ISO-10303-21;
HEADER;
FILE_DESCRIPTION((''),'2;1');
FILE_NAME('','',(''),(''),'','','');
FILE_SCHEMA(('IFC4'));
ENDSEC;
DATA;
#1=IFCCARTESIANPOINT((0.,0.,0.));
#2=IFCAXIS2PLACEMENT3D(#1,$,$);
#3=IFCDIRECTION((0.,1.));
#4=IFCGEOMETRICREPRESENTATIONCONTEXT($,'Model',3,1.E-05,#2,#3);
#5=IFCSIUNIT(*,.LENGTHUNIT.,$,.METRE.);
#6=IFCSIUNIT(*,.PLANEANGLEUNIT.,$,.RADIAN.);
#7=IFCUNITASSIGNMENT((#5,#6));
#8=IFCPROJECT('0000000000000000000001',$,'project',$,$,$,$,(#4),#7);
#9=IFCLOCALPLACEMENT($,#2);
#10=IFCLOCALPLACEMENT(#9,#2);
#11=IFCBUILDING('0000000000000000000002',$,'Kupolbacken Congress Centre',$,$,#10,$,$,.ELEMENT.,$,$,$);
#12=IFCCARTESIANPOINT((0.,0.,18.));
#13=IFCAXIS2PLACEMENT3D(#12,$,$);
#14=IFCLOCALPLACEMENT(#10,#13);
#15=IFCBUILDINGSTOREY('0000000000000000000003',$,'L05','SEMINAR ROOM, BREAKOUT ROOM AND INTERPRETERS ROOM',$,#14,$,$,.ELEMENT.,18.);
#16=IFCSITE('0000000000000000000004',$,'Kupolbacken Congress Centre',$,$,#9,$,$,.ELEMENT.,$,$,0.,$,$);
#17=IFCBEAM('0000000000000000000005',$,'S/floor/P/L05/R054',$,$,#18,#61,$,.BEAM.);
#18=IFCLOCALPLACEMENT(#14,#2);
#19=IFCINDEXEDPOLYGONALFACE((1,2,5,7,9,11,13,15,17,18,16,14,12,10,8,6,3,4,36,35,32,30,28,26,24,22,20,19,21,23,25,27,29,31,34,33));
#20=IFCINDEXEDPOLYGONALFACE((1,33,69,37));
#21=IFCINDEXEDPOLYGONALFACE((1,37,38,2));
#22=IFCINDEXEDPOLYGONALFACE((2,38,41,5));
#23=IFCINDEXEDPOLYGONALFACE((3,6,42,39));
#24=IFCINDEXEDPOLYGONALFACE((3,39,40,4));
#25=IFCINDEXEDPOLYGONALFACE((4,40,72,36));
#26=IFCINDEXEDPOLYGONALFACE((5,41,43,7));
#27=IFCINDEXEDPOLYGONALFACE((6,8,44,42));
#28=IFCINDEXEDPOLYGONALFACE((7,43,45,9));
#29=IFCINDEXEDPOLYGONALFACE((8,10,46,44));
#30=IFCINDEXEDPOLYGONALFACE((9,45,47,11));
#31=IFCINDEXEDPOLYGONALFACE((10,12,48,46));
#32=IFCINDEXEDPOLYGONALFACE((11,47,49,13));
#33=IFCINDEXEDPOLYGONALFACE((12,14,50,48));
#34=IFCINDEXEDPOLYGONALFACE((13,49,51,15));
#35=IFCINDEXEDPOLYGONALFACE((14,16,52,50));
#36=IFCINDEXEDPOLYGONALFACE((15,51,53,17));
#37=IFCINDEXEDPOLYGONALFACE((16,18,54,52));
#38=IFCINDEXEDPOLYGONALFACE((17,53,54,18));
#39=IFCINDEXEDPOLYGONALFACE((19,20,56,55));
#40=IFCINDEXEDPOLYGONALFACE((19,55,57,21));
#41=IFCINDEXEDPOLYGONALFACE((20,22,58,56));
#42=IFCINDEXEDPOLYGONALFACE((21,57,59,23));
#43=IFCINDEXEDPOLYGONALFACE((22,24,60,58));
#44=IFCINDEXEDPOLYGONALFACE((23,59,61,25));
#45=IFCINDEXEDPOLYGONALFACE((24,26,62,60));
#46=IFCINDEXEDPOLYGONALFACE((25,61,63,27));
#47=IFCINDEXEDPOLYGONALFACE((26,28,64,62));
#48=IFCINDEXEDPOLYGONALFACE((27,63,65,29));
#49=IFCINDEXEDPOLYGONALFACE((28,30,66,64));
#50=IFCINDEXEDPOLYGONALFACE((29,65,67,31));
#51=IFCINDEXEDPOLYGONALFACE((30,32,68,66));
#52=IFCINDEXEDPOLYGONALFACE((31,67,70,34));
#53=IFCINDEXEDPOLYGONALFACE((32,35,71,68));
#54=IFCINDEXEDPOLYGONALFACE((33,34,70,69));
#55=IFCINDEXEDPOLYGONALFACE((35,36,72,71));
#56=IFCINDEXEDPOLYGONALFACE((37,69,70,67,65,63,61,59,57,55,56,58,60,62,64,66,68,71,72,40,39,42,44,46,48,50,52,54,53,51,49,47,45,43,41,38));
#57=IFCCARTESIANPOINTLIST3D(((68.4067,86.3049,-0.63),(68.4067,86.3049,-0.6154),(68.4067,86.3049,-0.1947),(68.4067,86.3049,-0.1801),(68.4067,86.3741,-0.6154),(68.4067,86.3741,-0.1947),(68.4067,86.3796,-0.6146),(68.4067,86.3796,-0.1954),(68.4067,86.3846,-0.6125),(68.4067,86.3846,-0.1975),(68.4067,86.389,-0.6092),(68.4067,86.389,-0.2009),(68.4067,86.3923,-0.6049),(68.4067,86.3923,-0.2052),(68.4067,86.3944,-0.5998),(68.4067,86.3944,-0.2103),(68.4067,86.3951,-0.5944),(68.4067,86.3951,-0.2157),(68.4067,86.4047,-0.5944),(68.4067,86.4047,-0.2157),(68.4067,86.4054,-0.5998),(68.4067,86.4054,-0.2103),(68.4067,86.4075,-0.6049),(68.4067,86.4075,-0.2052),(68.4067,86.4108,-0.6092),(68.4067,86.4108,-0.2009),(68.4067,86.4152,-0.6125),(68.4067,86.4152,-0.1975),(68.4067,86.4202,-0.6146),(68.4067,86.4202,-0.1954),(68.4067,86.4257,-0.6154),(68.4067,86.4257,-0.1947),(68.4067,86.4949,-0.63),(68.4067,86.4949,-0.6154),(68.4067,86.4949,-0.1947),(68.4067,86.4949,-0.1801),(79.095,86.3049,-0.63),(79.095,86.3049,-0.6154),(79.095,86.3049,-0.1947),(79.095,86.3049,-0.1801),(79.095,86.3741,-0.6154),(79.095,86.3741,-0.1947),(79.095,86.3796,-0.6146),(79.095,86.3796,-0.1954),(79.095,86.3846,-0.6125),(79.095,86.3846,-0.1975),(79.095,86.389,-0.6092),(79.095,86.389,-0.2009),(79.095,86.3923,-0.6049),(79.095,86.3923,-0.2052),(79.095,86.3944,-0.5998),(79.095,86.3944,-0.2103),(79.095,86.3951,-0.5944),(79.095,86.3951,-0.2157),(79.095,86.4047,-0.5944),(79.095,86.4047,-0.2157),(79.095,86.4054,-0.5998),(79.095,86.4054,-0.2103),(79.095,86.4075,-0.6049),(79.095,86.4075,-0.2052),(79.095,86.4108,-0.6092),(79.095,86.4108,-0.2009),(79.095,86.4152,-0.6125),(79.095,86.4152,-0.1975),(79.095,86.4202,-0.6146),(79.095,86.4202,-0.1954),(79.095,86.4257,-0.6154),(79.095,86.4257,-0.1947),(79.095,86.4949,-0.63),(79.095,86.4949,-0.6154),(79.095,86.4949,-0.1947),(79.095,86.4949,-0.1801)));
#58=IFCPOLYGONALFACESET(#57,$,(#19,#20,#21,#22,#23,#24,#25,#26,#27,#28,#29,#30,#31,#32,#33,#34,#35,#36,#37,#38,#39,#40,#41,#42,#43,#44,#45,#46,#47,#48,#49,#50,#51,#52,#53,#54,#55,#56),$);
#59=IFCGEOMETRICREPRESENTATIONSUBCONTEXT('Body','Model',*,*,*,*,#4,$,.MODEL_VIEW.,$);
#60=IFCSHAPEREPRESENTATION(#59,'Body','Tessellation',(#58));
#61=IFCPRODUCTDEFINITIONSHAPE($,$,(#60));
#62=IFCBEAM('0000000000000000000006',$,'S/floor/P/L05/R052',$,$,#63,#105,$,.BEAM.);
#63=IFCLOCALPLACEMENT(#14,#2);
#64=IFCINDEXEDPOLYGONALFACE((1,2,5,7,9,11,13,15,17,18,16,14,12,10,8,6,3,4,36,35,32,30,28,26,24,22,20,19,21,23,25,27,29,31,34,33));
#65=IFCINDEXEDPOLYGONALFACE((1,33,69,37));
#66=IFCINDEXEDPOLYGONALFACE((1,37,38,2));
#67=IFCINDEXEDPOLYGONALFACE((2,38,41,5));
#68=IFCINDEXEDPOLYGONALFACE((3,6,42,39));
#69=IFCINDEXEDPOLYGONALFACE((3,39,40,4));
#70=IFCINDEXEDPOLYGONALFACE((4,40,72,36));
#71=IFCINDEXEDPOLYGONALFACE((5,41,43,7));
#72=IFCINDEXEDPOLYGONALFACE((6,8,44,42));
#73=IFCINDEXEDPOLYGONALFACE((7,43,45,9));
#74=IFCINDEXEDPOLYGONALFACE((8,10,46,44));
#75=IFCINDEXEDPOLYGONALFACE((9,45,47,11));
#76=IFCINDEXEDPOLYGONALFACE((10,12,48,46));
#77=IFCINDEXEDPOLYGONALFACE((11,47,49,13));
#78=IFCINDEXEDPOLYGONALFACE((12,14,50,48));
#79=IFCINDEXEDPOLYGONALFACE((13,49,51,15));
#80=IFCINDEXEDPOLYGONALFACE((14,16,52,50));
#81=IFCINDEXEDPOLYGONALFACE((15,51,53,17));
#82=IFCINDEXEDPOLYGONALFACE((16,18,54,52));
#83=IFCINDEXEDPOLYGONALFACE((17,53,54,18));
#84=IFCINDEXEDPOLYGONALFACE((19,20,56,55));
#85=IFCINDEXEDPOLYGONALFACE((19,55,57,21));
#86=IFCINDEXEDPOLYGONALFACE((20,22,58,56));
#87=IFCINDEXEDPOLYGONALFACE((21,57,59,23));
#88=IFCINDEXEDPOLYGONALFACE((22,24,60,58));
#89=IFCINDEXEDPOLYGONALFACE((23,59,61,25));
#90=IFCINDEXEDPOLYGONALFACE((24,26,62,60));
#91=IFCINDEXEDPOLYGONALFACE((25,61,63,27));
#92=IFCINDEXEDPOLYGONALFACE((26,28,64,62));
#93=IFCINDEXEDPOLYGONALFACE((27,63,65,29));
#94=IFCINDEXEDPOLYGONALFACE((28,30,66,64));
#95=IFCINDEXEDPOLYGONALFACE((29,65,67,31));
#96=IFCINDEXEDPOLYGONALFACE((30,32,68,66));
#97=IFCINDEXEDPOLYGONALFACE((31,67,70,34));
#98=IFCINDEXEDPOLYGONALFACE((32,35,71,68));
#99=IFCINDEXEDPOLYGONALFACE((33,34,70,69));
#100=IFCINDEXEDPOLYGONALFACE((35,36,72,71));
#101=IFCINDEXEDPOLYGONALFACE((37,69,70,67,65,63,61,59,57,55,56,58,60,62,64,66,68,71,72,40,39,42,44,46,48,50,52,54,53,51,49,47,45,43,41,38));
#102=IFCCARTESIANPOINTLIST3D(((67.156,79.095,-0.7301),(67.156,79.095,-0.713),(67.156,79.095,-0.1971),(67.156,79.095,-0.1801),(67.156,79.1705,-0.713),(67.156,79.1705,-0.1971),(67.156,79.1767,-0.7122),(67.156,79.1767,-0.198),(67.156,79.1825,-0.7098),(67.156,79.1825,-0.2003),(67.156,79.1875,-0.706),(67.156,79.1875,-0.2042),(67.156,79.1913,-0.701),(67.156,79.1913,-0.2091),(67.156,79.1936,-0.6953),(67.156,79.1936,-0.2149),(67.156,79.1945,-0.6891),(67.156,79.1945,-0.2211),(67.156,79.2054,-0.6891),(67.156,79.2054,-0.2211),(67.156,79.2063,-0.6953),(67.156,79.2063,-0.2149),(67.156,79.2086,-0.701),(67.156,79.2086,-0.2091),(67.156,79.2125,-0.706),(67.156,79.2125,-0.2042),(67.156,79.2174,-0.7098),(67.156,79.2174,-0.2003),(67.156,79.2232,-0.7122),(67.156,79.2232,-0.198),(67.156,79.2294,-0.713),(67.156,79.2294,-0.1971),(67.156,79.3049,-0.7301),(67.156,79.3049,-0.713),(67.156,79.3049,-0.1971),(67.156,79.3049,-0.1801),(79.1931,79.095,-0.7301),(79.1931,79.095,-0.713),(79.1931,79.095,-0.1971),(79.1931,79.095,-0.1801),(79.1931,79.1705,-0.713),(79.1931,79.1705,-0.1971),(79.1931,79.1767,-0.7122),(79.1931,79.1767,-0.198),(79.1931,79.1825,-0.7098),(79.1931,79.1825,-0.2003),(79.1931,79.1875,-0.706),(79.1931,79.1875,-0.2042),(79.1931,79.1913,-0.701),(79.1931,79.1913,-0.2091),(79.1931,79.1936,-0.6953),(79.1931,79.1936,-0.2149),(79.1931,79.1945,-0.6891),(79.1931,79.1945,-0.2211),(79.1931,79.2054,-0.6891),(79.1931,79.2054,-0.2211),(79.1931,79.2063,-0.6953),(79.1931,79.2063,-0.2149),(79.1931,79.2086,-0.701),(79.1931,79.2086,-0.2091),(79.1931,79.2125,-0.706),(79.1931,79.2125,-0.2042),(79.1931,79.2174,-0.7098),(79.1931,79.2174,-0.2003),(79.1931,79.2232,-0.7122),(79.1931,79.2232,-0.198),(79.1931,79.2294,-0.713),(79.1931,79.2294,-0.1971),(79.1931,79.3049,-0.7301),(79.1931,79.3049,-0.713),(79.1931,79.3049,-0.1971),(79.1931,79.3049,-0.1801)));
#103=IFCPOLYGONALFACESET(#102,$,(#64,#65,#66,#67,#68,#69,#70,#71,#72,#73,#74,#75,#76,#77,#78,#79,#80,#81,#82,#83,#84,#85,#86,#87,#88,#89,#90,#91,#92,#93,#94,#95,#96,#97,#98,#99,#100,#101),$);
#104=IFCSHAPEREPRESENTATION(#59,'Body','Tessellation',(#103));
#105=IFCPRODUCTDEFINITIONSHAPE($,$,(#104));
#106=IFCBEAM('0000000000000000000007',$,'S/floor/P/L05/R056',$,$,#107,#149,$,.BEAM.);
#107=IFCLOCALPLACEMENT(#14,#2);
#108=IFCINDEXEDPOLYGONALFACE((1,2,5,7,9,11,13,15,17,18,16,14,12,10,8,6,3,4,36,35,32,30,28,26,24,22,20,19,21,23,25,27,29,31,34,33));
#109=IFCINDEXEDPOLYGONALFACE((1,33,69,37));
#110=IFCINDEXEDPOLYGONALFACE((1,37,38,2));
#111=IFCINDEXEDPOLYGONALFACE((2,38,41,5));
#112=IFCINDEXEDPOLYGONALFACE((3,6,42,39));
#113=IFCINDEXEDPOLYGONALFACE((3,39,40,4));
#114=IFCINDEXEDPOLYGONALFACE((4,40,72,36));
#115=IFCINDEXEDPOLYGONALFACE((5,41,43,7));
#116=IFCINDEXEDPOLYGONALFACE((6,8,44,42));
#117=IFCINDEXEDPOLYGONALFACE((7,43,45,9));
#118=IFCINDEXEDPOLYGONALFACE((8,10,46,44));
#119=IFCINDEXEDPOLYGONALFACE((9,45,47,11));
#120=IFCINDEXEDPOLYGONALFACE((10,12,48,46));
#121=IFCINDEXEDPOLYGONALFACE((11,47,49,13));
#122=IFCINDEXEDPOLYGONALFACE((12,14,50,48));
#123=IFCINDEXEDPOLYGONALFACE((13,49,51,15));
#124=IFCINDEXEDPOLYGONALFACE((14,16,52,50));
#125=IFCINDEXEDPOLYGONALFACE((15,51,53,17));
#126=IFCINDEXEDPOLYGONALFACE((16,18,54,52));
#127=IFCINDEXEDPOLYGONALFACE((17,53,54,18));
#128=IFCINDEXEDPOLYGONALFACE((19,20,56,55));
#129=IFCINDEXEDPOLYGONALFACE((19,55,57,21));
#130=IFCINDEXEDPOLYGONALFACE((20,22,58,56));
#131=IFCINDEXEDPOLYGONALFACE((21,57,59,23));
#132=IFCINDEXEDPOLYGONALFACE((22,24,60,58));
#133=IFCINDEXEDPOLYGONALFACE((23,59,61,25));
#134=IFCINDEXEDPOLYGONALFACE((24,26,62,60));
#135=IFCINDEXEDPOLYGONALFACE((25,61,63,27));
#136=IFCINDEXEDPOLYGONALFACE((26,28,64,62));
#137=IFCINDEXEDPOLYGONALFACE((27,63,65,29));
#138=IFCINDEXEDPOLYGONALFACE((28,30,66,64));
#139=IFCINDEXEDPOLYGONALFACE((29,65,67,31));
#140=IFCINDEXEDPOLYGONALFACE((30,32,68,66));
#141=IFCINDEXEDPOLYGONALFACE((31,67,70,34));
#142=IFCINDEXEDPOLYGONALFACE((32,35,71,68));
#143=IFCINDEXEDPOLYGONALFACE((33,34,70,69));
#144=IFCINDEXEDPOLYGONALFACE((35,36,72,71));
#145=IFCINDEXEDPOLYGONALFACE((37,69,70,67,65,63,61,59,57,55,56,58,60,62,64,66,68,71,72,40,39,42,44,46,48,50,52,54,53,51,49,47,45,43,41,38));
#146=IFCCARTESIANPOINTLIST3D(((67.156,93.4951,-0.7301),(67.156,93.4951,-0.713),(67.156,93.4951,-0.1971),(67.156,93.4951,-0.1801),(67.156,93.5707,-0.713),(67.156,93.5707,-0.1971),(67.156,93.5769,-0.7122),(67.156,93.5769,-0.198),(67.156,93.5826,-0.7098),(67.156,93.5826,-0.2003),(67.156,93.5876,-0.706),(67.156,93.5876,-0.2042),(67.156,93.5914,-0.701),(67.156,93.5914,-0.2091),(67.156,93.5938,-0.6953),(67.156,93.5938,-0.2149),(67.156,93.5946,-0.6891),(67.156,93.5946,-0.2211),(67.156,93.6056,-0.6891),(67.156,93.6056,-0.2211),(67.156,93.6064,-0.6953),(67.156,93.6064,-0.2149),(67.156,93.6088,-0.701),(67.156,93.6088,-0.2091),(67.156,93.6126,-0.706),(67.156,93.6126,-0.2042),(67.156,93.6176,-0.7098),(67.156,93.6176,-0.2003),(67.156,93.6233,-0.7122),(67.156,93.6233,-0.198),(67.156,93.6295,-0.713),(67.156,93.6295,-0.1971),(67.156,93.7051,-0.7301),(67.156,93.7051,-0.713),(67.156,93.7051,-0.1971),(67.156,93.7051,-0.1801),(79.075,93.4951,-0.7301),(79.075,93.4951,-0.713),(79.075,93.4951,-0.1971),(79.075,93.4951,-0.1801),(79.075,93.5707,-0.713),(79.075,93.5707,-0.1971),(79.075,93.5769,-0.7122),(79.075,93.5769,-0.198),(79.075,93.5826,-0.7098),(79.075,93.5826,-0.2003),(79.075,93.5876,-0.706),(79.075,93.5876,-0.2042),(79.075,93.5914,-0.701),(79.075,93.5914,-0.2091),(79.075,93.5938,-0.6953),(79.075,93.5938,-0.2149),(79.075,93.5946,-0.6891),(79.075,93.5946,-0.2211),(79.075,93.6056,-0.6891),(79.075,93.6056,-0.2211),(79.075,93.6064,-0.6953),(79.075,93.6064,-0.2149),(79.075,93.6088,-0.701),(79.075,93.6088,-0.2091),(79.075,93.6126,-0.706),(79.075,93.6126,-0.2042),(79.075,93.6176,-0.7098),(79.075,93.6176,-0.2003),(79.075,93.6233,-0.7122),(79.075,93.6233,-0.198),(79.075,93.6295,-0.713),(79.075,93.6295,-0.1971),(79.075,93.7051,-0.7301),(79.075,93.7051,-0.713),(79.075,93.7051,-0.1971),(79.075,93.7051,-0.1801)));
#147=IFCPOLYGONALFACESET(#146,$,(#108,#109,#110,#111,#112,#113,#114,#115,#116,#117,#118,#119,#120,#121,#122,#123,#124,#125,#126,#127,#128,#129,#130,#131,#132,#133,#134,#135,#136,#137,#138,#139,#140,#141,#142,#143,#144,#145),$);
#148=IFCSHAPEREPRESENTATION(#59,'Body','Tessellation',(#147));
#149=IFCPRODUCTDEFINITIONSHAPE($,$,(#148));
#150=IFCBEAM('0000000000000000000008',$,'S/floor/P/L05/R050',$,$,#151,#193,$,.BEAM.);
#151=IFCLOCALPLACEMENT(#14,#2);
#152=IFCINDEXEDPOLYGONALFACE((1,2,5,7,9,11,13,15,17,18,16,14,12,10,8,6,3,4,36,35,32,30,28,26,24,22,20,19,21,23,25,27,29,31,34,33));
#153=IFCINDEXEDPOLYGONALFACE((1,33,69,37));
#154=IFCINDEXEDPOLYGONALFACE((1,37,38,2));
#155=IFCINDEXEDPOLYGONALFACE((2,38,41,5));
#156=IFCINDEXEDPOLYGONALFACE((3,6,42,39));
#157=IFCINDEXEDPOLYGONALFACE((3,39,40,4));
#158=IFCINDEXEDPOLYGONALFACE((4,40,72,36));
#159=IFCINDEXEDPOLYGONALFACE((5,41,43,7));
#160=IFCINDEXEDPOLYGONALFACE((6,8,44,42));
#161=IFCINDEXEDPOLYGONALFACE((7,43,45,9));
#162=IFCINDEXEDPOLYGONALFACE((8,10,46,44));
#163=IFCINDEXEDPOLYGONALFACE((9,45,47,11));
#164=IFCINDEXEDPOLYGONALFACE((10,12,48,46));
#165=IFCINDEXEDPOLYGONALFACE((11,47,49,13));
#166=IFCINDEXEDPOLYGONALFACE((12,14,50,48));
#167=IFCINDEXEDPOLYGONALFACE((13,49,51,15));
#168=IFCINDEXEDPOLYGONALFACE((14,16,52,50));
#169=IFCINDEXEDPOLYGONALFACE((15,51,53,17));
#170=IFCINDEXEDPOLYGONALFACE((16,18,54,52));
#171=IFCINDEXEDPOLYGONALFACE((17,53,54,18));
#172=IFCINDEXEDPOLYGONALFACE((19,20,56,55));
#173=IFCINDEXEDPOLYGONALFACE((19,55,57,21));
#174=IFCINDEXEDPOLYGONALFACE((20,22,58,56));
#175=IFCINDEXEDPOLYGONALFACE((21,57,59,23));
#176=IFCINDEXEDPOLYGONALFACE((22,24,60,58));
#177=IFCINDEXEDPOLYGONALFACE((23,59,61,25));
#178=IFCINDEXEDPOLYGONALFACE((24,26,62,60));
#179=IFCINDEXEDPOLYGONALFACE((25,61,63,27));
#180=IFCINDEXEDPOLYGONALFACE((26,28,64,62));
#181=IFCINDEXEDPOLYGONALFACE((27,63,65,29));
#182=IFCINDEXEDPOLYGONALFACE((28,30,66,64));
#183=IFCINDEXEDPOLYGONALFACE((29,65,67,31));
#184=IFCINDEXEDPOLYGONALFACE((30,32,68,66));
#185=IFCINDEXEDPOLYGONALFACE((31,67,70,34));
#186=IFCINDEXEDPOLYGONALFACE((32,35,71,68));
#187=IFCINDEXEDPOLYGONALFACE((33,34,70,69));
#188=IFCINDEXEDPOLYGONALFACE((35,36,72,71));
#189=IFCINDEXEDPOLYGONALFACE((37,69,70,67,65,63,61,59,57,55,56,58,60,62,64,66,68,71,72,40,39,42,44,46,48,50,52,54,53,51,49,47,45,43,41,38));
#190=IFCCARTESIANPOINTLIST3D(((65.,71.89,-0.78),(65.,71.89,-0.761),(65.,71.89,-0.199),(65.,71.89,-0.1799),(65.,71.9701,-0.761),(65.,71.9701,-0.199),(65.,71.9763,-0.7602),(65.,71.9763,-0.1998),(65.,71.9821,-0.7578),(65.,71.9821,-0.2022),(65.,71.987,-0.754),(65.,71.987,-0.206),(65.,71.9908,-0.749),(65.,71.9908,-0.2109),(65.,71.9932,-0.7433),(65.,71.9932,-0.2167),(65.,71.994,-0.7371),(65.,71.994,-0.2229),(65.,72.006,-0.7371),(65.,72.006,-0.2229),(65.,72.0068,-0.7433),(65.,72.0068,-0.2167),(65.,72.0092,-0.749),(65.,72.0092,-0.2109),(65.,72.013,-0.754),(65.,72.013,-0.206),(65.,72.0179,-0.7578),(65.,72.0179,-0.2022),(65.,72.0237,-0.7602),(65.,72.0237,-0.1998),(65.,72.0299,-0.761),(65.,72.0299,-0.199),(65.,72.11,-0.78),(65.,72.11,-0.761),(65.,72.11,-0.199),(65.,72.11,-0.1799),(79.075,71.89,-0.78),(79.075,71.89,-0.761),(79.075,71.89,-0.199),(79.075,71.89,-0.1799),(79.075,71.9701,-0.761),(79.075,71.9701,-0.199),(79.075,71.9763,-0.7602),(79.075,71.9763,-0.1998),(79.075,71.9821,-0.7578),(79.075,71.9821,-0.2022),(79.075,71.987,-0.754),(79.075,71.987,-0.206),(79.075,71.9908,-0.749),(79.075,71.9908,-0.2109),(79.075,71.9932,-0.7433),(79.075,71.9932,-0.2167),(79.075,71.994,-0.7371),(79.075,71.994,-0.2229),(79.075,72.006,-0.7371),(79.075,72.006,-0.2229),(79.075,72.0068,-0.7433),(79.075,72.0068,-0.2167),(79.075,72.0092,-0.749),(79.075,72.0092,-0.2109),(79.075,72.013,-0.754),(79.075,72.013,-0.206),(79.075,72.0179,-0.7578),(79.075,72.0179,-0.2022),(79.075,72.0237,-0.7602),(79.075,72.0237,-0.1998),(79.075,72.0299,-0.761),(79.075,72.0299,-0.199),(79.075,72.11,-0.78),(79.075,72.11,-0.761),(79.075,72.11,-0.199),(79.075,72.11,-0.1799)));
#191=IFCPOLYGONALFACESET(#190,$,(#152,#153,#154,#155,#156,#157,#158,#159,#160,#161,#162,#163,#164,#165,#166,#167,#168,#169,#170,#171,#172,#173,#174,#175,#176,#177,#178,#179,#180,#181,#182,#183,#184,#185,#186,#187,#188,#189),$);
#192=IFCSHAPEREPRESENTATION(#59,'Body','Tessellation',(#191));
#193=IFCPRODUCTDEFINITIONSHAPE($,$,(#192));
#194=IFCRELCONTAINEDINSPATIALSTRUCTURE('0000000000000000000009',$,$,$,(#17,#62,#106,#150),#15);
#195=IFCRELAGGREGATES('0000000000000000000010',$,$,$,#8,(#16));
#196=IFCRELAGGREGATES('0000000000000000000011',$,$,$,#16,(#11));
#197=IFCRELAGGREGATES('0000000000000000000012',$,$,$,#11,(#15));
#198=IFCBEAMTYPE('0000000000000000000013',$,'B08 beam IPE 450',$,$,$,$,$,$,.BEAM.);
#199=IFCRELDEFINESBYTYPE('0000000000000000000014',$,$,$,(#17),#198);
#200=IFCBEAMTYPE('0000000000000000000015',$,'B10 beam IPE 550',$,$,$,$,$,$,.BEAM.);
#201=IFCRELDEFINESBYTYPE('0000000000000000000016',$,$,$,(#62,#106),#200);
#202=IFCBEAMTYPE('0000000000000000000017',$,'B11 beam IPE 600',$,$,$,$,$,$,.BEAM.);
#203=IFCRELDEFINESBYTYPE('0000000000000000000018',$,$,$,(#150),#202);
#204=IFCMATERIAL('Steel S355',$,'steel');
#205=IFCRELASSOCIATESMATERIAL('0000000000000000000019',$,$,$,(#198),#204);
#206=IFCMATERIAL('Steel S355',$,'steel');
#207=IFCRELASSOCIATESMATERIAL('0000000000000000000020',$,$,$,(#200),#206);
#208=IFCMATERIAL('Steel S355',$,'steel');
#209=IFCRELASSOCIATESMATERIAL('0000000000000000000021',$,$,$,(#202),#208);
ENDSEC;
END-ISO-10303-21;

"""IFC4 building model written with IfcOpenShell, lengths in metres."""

from ifc_helpers import new_model, si_unit, direction, frame, origin, origin_2d, place, context, subcontext, project, spatial, i_section, extrude, material, material_profile, profile_set, type_object, element, save


model = new_model("IFC4")

# Units and contexts
model_context = context("Model", 3, precision=1e-05, world=origin(), true_north=direction((0.0, 1.0)))
body_context = subcontext(model_context, "Body", "Model", "MODEL_VIEW")
ifc_project = project(units=[si_unit("LENGTHUNIT", "METRE"), si_unit("PLANEANGLEUNIT", "RADIAN")], contexts=[model_context])

# Site, building, storey
site_placement = place(None, origin())
site = spatial("IfcSite", under=ifc_project, at=site_placement, Name="Kupolbacken Congress Centre", CompositionType="ELEMENT", RefElevation=0.0)
building_placement = place(site_placement, origin())
building = spatial("IfcBuilding", under=site, at=building_placement, Name="Kupolbacken Congress Centre", CompositionType="ELEMENT")
storey_placement = place(building_placement, frame((0.0, 0.0, 18.0)))
storey = spatial("IfcBuildingStorey", under=building, at=storey_placement, Name="L05", Description="SEMINAR ROOM, BREAKOUT ROOM AND INTERPRETERS ROOM", CompositionType="ELEMENT", Elevation=18.0)

# Beams
ifc_material_1 = material(Name="Steel S355", Category="steel")
ifc_material_profile_1 = material_profile(ifc_material_1, i_section(OverallWidth=0.1899, OverallDepth=0.45, WebThickness=0.0095, FlangeThickness=0.0146, FilletRadius=0.021, at=origin_2d()), Name="IPE 450")
ifc_profile_set_1 = profile_set([ifc_material_profile_1], Name="Steel S355")
beam_type_1 = type_object("IfcBeamType", Name="B08 beam IPE 450", PredefinedType="BEAM", material=ifc_profile_set_1)
beam_1_placement = place(storey_placement, frame((68.4067, 86.3999, -0.405), z_axis=(1.0, 0.0, 0.0), x_axis=(0.0, 1.0, 0.0)))
element("IfcBeam", 1, at=beam_1_placement, inside=storey, type_object=beam_type_1, Name="S/floor/P/L05/R054", PredefinedType="BEAM", context=body_context, shape_type="SweptSolid", body=[
    extrude(i_section(OverallWidth=0.1899, OverallDepth=0.45, WebThickness=0.0095, FlangeThickness=0.0146, FilletRadius=0.021, at=origin_2d()), origin(), (0.0, 0.0, 1.0), 10.6882),
])
ifc_material_2 = material(Name="Steel S355", Category="steel")
ifc_material_profile_2 = material_profile(ifc_material_2, i_section(OverallWidth=0.21, OverallDepth=0.55, WebThickness=0.011, FlangeThickness=0.0171, FilletRadius=0.0239, at=origin_2d()), Name="IPE 550")
ifc_profile_set_2 = profile_set([ifc_material_profile_2], Name="Steel S355")
beam_type_2 = type_object("IfcBeamType", Name="B10 beam IPE 550", PredefinedType="BEAM", material=ifc_profile_set_2)
beam_2_placement = place(storey_placement, frame((67.156, 79.2, -0.4551), z_axis=(1.0, 0.0, 0.0), x_axis=(0.0, 1.0, 0.0)))
element("IfcBeam", 2, at=beam_2_placement, inside=storey, type_object=beam_type_2, Name="S/floor/P/L05/R052", PredefinedType="BEAM", context=body_context, shape_type="SweptSolid", body=[
    extrude(i_section(OverallWidth=0.21, OverallDepth=0.55, WebThickness=0.011, FlangeThickness=0.0171, FilletRadius=0.0239, at=origin_2d()), origin(), (0.0, 0.0, 1.0), 12.0371),
])
beam_3_placement = place(storey_placement, frame((67.156, 93.6001, -0.4551), z_axis=(1.0, 0.0, 0.0), x_axis=(0.0, 1.0, 0.0)))
element("IfcBeam", 3, at=beam_3_placement, inside=storey, type_object=beam_type_2, Name="S/floor/P/L05/R056", PredefinedType="BEAM", context=body_context, shape_type="SweptSolid", body=[
    extrude(i_section(OverallWidth=0.21, OverallDepth=0.55, WebThickness=0.011, FlangeThickness=0.0171, FilletRadius=0.0239, at=origin_2d()), origin(), (0.0, 0.0, 1.0), 11.9189),
])
ifc_material_3 = material(Name="Steel S355", Category="steel")
ifc_material_profile_3 = material_profile(ifc_material_3, i_section(OverallWidth=0.22, OverallDepth=0.6001, WebThickness=0.012, FlangeThickness=0.019, FilletRadius=0.0239, at=origin_2d()), Name="IPE 600")
ifc_profile_set_3 = profile_set([ifc_material_profile_3], Name="Steel S355")
beam_type_3 = type_object("IfcBeamType", Name="B11 beam IPE 600", PredefinedType="BEAM", material=ifc_profile_set_3)
beam_4_placement = place(storey_placement, frame((65.0, 72.0, -0.48), z_axis=(1.0, 0.0, 0.0), x_axis=(0.0, 1.0, 0.0)))
element("IfcBeam", 4, at=beam_4_placement, inside=storey, type_object=beam_type_3, Name="S/floor/P/L05/R050", PredefinedType="BEAM", context=body_context, shape_type="SweptSolid", body=[
    extrude(i_section(OverallWidth=0.22, OverallDepth=0.6001, WebThickness=0.012, FlangeThickness=0.019, FilletRadius=0.0239, at=origin_2d()), origin(), (0.0, 0.0, 1.0), 14.075),
])

save(model, "model.ifc")
